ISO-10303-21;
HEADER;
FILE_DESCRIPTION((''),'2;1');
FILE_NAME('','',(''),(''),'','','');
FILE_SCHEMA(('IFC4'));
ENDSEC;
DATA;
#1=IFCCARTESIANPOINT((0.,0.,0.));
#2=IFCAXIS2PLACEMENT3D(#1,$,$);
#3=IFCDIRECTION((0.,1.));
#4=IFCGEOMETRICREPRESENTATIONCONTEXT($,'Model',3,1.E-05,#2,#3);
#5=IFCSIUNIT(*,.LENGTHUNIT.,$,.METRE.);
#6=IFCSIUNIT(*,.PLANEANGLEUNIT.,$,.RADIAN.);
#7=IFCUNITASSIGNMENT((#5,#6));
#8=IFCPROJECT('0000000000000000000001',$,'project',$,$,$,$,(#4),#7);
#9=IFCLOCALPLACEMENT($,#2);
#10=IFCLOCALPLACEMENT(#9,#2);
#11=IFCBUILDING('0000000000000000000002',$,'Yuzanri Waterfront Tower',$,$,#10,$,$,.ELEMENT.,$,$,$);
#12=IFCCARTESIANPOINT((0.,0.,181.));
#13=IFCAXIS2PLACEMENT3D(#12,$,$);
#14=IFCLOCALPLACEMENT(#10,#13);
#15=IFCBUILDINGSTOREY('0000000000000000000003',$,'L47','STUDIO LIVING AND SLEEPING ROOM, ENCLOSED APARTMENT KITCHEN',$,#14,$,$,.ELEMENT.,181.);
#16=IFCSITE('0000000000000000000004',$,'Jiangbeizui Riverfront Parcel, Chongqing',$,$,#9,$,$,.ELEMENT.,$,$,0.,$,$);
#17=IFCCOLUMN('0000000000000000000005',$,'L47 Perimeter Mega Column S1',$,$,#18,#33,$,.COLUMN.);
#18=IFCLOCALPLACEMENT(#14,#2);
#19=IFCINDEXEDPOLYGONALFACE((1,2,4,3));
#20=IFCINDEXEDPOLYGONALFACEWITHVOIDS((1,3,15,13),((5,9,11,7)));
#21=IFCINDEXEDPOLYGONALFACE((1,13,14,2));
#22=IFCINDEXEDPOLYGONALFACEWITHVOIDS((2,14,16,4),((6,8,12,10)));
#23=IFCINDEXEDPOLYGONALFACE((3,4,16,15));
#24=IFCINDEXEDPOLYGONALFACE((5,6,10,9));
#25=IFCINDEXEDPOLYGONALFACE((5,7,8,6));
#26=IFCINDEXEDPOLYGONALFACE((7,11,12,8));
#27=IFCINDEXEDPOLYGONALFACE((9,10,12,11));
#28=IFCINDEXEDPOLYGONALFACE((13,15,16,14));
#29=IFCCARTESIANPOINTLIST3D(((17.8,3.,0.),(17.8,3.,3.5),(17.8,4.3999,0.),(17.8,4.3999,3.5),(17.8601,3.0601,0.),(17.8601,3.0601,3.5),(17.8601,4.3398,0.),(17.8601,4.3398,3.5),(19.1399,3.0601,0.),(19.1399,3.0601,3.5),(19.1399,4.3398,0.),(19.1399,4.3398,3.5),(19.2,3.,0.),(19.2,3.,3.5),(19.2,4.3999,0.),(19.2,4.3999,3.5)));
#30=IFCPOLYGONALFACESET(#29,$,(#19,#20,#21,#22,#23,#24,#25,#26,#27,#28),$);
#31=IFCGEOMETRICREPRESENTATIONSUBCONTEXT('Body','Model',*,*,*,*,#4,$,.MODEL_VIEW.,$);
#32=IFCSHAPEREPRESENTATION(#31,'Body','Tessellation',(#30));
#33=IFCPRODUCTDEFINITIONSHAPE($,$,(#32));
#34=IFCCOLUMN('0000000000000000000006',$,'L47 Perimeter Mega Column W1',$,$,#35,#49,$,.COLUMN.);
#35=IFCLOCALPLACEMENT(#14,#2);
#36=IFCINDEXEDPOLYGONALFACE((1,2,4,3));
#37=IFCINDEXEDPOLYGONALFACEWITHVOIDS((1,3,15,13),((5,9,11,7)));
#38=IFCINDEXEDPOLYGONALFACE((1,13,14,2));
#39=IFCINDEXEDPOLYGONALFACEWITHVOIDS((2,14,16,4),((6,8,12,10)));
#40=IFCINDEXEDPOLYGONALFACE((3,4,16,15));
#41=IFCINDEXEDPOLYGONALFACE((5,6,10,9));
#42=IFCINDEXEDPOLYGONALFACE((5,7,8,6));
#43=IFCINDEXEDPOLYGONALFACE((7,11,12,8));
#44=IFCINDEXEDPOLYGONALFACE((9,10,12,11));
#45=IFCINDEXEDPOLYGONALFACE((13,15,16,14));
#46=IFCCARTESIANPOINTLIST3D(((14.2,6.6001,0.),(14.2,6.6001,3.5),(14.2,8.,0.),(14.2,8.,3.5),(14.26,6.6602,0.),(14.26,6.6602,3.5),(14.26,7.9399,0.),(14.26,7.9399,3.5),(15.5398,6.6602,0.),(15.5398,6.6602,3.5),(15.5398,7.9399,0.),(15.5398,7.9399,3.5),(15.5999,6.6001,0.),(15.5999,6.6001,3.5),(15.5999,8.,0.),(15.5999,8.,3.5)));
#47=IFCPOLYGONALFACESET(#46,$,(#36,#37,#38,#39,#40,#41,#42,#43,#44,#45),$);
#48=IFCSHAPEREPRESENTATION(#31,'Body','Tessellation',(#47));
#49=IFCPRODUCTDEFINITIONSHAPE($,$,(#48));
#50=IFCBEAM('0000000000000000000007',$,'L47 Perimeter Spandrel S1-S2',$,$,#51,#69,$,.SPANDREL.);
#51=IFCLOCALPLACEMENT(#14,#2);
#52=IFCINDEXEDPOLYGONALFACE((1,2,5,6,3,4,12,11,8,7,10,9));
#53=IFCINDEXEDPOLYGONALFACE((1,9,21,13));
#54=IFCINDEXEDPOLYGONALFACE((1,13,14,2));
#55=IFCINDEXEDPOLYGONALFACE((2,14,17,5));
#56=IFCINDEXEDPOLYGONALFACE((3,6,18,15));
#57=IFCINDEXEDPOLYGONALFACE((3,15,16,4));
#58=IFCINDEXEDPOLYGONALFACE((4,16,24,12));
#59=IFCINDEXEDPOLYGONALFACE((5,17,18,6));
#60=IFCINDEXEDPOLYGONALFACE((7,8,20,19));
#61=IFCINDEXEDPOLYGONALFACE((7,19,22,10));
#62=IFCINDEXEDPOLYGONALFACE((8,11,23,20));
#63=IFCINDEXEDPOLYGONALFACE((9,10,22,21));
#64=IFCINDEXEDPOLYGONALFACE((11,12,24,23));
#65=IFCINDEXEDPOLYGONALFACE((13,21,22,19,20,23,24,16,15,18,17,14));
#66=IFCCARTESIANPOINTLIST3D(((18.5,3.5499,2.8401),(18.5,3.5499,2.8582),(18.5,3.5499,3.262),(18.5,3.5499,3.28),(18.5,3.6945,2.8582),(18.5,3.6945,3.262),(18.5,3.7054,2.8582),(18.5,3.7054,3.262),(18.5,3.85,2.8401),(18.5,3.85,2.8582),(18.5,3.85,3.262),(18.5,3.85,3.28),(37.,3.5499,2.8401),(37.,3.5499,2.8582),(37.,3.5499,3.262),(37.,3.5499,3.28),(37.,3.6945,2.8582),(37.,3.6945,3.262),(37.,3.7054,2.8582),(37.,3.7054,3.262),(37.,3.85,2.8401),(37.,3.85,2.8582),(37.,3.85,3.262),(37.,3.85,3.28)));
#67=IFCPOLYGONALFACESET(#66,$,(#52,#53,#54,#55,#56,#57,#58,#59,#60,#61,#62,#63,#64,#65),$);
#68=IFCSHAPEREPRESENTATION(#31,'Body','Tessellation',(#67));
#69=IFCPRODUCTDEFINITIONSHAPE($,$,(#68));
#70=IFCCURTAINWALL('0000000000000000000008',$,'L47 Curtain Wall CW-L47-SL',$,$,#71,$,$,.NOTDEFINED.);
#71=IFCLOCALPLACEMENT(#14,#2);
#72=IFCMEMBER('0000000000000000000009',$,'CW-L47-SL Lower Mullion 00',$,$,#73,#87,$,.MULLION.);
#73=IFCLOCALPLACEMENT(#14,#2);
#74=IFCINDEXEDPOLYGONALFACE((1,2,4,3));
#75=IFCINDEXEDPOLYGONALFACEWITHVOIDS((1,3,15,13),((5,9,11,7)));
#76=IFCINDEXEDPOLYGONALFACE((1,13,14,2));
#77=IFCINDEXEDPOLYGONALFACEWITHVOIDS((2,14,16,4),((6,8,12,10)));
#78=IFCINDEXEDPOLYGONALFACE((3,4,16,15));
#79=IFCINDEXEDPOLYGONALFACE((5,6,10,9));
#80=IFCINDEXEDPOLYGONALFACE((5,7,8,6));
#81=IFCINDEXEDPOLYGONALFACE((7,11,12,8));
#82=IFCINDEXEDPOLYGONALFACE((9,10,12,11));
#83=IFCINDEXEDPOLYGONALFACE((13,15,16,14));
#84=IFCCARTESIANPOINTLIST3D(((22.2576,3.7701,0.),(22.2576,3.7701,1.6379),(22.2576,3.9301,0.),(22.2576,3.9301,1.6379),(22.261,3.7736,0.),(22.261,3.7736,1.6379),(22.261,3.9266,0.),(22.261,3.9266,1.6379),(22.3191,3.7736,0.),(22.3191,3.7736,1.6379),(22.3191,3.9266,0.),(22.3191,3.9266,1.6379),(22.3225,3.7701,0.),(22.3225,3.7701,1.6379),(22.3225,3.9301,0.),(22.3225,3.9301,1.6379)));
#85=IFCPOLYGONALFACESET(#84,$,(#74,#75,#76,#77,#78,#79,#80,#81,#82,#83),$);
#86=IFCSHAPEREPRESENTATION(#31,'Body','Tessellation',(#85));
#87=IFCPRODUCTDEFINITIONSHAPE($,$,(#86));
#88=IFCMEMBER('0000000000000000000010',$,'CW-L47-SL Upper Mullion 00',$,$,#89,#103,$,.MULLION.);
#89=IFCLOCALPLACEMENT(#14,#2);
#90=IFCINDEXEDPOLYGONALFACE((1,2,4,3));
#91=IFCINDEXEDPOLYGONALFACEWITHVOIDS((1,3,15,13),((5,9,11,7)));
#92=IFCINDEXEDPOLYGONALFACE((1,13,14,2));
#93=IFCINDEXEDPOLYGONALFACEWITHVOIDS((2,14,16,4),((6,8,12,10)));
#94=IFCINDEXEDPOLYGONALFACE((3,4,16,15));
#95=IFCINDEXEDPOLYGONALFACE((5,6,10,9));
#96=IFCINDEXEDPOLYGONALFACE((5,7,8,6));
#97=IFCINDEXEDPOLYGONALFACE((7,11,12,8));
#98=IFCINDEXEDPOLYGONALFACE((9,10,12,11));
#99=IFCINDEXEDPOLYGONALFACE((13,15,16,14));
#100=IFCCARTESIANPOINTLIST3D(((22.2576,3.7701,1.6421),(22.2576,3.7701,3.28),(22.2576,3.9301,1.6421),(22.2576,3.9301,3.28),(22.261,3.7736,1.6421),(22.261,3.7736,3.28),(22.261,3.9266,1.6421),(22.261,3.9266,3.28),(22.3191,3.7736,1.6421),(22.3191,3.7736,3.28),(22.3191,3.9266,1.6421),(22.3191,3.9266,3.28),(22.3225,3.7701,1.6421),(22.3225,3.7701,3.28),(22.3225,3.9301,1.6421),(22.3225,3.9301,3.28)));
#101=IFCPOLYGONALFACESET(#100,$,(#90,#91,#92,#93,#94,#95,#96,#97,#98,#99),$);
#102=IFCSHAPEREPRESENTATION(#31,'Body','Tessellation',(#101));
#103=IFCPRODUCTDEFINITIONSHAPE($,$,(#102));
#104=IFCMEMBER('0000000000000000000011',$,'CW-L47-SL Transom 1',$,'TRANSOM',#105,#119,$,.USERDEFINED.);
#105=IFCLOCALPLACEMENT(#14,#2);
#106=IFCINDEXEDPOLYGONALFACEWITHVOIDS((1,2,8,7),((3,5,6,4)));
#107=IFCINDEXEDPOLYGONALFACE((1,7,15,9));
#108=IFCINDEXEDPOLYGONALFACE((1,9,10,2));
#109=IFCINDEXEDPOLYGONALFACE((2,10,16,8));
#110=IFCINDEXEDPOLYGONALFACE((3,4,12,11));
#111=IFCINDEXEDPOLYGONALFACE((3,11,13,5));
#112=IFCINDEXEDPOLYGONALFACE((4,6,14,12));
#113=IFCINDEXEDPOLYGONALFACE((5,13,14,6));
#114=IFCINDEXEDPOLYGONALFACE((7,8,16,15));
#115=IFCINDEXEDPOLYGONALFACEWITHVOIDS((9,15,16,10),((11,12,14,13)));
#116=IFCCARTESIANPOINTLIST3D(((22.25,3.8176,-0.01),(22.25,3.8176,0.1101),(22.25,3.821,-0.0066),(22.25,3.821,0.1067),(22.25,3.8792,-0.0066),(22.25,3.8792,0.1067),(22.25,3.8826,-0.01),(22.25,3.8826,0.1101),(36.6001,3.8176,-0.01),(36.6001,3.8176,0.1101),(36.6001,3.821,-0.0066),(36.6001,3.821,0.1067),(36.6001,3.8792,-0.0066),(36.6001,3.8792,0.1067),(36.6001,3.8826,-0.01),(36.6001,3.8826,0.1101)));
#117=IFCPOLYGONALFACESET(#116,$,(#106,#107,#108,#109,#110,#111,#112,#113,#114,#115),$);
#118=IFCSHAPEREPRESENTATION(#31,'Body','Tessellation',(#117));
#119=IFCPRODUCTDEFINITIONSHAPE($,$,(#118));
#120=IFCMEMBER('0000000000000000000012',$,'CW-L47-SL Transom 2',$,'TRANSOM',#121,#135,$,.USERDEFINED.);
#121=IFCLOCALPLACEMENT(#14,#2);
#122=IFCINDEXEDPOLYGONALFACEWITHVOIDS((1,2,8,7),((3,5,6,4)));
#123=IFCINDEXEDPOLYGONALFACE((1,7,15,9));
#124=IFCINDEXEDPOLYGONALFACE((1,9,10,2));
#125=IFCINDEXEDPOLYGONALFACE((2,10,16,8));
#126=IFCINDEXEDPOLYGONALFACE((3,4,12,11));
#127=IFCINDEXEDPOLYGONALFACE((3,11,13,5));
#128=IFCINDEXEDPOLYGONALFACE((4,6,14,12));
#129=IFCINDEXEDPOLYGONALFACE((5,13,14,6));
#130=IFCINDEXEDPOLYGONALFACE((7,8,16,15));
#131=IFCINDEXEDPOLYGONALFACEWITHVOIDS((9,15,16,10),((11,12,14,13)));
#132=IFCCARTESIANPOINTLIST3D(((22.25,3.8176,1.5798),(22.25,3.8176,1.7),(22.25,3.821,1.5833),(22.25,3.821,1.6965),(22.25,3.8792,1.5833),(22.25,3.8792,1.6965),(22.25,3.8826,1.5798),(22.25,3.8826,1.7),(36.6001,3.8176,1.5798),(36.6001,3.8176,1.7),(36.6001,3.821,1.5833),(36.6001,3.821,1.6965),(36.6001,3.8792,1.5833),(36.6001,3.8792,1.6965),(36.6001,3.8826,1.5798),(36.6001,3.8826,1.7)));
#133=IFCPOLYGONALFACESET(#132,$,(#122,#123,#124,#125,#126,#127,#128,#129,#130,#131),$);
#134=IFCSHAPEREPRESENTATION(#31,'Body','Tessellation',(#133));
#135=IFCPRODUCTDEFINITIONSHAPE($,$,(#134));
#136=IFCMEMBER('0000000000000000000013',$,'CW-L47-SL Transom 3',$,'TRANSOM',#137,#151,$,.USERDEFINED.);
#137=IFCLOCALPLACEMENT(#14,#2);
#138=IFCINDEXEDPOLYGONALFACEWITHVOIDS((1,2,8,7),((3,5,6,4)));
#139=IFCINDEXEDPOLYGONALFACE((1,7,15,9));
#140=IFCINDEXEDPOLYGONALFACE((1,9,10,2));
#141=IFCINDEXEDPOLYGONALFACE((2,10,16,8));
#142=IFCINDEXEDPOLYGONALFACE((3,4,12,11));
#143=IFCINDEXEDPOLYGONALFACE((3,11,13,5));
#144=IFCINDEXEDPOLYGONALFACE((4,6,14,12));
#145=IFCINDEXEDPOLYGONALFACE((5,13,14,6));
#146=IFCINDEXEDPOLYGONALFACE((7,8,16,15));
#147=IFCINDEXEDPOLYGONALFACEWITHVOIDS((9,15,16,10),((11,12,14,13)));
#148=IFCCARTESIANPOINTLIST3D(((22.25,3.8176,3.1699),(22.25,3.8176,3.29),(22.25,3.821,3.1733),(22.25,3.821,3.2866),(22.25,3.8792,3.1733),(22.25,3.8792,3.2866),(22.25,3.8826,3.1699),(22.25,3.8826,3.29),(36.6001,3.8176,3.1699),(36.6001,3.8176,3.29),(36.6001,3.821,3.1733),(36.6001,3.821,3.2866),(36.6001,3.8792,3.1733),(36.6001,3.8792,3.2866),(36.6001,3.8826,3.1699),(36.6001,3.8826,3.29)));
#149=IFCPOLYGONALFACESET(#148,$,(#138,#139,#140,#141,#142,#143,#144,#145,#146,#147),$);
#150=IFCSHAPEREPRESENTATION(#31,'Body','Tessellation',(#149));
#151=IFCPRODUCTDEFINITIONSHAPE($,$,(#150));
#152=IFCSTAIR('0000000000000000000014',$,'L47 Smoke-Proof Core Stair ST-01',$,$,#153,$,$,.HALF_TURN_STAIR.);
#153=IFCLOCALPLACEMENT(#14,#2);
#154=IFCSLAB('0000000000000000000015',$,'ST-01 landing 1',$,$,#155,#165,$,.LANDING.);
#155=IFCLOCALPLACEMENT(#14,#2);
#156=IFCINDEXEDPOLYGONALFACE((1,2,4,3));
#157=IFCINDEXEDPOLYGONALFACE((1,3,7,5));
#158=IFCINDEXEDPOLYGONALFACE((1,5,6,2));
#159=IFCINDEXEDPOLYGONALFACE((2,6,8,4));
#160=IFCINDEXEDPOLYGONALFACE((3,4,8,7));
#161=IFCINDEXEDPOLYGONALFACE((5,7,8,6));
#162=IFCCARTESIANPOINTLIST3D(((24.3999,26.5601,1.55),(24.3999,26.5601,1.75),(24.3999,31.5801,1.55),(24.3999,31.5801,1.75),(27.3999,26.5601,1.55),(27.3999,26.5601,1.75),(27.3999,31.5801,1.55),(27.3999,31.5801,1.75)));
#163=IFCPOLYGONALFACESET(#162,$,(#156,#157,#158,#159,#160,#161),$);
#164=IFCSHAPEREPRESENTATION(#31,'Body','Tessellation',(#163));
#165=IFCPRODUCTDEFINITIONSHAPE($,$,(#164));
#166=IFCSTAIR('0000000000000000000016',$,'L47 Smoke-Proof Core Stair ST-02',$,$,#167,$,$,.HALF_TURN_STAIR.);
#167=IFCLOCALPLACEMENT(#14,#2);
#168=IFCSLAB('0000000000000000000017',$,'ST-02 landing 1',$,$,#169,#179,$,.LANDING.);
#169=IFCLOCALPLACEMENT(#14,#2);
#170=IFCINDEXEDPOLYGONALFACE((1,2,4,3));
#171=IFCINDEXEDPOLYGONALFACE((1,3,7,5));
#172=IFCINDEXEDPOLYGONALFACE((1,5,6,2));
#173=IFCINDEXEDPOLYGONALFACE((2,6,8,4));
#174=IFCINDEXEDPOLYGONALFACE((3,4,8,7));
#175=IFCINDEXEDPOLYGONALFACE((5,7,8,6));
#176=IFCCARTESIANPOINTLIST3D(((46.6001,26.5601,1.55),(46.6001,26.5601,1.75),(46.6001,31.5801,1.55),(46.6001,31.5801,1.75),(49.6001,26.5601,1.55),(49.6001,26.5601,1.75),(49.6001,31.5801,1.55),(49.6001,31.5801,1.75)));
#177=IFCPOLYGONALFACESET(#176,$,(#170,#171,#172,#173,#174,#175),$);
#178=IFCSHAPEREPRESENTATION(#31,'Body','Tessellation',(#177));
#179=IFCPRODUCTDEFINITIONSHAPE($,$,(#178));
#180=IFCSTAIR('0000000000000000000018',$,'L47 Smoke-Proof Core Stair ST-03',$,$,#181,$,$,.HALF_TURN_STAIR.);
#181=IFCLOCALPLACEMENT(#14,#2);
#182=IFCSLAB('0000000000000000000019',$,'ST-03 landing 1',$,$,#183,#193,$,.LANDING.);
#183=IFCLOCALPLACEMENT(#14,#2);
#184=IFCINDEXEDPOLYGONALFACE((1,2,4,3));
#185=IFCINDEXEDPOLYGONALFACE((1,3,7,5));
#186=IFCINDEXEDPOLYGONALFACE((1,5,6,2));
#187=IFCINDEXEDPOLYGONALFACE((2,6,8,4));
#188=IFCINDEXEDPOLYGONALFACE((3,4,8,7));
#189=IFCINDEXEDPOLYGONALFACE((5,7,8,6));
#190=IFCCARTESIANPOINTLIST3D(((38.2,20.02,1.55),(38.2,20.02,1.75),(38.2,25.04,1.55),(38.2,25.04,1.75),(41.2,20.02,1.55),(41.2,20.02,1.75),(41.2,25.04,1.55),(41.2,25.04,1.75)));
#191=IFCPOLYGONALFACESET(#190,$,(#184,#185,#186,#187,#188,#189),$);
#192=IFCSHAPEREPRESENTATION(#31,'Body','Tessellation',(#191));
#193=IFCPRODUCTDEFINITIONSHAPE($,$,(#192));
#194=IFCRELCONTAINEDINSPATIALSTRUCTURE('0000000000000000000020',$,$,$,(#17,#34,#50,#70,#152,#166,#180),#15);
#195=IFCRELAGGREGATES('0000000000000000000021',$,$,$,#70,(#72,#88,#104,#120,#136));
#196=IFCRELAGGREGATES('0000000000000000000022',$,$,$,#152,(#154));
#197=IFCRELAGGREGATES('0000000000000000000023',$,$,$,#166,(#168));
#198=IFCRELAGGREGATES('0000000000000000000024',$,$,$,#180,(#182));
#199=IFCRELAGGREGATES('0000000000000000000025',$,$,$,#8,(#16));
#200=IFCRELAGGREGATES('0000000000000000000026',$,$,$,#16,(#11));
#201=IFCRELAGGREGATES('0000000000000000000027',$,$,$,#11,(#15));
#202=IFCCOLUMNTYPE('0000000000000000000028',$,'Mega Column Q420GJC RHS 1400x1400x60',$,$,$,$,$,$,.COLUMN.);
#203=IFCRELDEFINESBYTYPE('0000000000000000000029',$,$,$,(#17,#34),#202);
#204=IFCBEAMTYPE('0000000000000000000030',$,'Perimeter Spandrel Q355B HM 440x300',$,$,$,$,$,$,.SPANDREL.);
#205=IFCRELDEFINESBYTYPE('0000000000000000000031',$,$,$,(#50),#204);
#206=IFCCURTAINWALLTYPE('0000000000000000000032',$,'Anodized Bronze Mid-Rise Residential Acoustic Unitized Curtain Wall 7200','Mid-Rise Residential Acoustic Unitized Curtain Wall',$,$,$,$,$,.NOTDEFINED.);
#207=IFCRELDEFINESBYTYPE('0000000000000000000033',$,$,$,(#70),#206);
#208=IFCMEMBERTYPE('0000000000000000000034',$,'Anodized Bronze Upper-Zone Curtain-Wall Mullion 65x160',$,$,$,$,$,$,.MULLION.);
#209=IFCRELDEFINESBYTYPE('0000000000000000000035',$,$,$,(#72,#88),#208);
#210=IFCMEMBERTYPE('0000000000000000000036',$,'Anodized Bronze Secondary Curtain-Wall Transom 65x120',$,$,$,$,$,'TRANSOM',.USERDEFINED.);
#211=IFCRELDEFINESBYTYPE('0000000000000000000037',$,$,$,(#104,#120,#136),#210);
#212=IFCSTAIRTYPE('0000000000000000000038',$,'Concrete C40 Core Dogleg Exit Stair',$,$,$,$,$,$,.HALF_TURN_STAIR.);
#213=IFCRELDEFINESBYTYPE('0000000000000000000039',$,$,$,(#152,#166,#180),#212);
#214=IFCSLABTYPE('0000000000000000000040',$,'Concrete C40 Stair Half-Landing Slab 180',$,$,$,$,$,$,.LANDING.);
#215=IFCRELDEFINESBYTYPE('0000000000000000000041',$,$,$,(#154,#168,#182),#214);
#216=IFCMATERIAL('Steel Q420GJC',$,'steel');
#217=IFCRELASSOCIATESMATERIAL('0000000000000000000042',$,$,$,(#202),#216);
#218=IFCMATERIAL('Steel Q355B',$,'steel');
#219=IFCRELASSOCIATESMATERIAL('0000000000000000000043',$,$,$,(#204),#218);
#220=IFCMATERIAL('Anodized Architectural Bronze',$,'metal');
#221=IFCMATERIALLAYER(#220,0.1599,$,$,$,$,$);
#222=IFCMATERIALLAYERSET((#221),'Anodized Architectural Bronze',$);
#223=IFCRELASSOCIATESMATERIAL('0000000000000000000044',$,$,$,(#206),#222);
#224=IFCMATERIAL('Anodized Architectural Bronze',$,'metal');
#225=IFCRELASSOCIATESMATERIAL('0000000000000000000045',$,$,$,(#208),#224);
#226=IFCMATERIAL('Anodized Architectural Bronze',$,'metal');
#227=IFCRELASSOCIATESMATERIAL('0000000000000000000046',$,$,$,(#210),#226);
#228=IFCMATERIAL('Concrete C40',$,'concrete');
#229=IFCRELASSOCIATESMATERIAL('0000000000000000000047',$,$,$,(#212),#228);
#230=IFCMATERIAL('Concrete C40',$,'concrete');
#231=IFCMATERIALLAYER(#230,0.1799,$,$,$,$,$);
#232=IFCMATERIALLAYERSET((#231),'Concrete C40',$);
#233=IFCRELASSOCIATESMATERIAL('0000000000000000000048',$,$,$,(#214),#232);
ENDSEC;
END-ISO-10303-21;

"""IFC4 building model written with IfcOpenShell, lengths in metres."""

from ifc_helpers import new_model, si_unit, direction, frame, origin, origin_2d, place, context, subcontext, project, spatial, polyline, hollow_rectangle, i_section, outline, extrude, source, transform, mapped, material, layer, layer_set, material_profile, profile_set, type_object, element, aggregate, save


model = new_model("IFC4")

# Units and contexts
model_context = context("Model", 3, precision=1e-05, world=origin(), true_north=direction((0.0, 1.0)))
body_context = subcontext(model_context, "Body", "Model", "MODEL_VIEW")
ifc_project = project(units=[si_unit("LENGTHUNIT", "METRE"), si_unit("PLANEANGLEUNIT", "RADIAN")], contexts=[model_context])

# Site, building, storey
site_placement = place(None, origin())
site = spatial("IfcSite", under=ifc_project, at=site_placement, Name="Jiangbeizui Riverfront Parcel, Chongqing", CompositionType="ELEMENT", RefElevation=0.0)
building_placement = place(site_placement, origin())
building = spatial("IfcBuilding", under=site, at=building_placement, Name="Yuzanri Waterfront Tower", CompositionType="ELEMENT")
storey_placement = place(building_placement, frame((0.0, 0.0, 181.0)))
storey = spatial("IfcBuildingStorey", under=building, at=storey_placement, Name="L47", Description="STUDIO LIVING AND SLEEPING ROOM, ENCLOSED APARTMENT KITCHEN", CompositionType="ELEMENT", Elevation=181.0)

# Columns
ifc_material_1 = material(Name="Steel Q420GJC", Category="steel")
ifc_material_profile_1 = material_profile(ifc_material_1, hollow_rectangle(XDim=1.3999, YDim=1.3999, WallThickness=0.0601, at=origin_2d()), Name="RHS 1400x1400x60")
ifc_profile_set_1 = profile_set([ifc_material_profile_1], Name="Steel Q420GJC")
column_type = type_object("IfcColumnType", Name="Mega Column Q420GJC RHS 1400x1400x60", PredefinedType="COLUMN", material=ifc_profile_set_1)
shared_shape_1 = source(origin(), body_context, "Body", "SweptSolid", [
    extrude(hollow_rectangle(XDim=1.3999, YDim=1.3999, WallThickness=0.0601, at=origin_2d()), origin(), (0.0, 0.0, 1.0), 3.5),
])
for number, where, z_axis, x_axis, name in (
    (1, (18.5, 3.7, 0.0), (0.0, 0.0, 1.0), (1.0, 0.0, 0.0), "L47 Perimeter Mega Column S1"),
    (2, (14.8999, 7.3, 0.0), (0.0, 0.0, 1.0), (1.0, 0.0, 0.0), "L47 Perimeter Mega Column W1"),
):
    element("IfcColumn", number, at=place(storey_placement, frame(where, z_axis=z_axis, x_axis=x_axis)), inside=storey, type_object=column_type, Name=name, PredefinedType="COLUMN", context=body_context, shape_type="MappedRepresentation", body=[
        mapped(shared_shape_1, transform((0.0, 0.0, 0.0), scale=1.0)),
    ])

# Beam
ifc_material_2 = material(Name="Steel Q355B", Category="steel")
ifc_material_profile_2 = material_profile(ifc_material_2, i_section(OverallWidth=0.3, OverallDepth=0.4399, WebThickness=0.011, FlangeThickness=0.0181, at=origin_2d()), Name="HM 440x300x11x18")
ifc_profile_set_2 = profile_set([ifc_material_profile_2], Name="Steel Q355B")
beam_type = type_object("IfcBeamType", Name="Perimeter Spandrel Q355B HM 440x300", PredefinedType="SPANDREL", material=ifc_profile_set_2)
shared_shape_2 = source(origin(), body_context, "Body", "SweptSolid", [
    extrude(i_section(OverallWidth=0.3, OverallDepth=0.4399, WebThickness=0.011, FlangeThickness=0.0181, at=origin_2d()), origin(), (0.0, 0.0, 1.0), 18.5),
])
beam_placement = place(storey_placement, frame((18.5, 3.7, 3.0601), z_axis=(1.0, 0.0, 0.0), x_axis=(0.0, 1.0, 0.0)))
element("IfcBeam", 3, at=beam_placement, inside=storey, type_object=beam_type, Name="L47 Perimeter Spandrel S1-S2", PredefinedType="SPANDREL", context=body_context, shape_type="MappedRepresentation", body=[
    mapped(shared_shape_2, transform((0.0, 0.0, 0.0), scale=1.0)),
])

# Curtain wall, members
ifc_material_3 = material(Name="Anodized Architectural Bronze", Category="metal")
ifc_layer_1 = layer(ifc_material_3, 0.1599)
ifc_layer_set_1 = layer_set([ifc_layer_1], Name="Anodized Architectural Bronze")
curtain_wall_type = type_object("IfcCurtainWallType", Name="Anodized Bronze Mid-Rise Residential Acoustic Unitized Curtain Wall 7200", Description="Mid-Rise Residential Acoustic Unitized Curtain Wall", PredefinedType="NOTDEFINED", material=ifc_layer_set_1)
curtain_wall_placement = place(storey_placement, origin())
curtain_wall = element("IfcCurtainWall", 4, at=curtain_wall_placement, inside=storey, type_object=curtain_wall_type, Name="L47 Curtain Wall CW-L47-SL", PredefinedType="NOTDEFINED")
ifc_material_4 = material(Name="Anodized Architectural Bronze", Category="metal")
ifc_material_profile_3 = material_profile(ifc_material_4, hollow_rectangle(XDim=0.0649, YDim=0.1599, WallThickness=0.0034, at=origin_2d()), Name="CWM 65x160")
ifc_profile_set_3 = profile_set([ifc_material_profile_3], Name="Anodized Architectural Bronze")
member_type_1 = type_object("IfcMemberType", Name="Anodized Bronze Upper-Zone Curtain-Wall Mullion 65x160", PredefinedType="MULLION", material=ifc_profile_set_3)
shared_shape_3 = source(origin(), body_context, "Body", "SweptSolid", [
    extrude(hollow_rectangle(XDim=0.0649, YDim=0.1599, WallThickness=0.0034, at=origin_2d()), origin(), (0.0, 0.0, 1.0), 1.6379),
])
member_1_placement = place(storey_placement, frame((22.29, 3.8501, 0.0), z_axis=(0.0, 0.0, 1.0), x_axis=(1.0, 0.0, 0.0)))
member_1 = element("IfcMember", 5, at=member_1_placement, type_object=member_type_1, Name="CW-L47-SL Lower Mullion 00", PredefinedType="MULLION", context=body_context, shape_type="MappedRepresentation", body=[
    mapped(shared_shape_3, transform((0.0, 0.0, 0.0), scale=1.0)),
])
member_2_placement = place(storey_placement, frame((22.29, 3.8501, 1.6421), z_axis=(0.0, 0.0, 1.0), x_axis=(1.0, 0.0, 0.0)))
member_2 = element("IfcMember", 6, at=member_2_placement, type_object=member_type_1, Name="CW-L47-SL Upper Mullion 00", PredefinedType="MULLION", context=body_context, shape_type="MappedRepresentation", body=[
    mapped(shared_shape_3, transform((0.0, 0.0, 0.0), scale=1.0)),
])
ifc_material_5 = material(Name="Anodized Architectural Bronze", Category="metal")
ifc_material_profile_4 = material_profile(ifc_material_5, hollow_rectangle(XDim=0.0649, YDim=0.1201, WallThickness=0.0034, at=origin_2d()), Name="CWT 65x120")
ifc_profile_set_4 = profile_set([ifc_material_profile_4], Name="Anodized Architectural Bronze")
member_type_2 = type_object("IfcMemberType", Name="Anodized Bronze Secondary Curtain-Wall Transom 65x120", ElementType="TRANSOM", PredefinedType="USERDEFINED", material=ifc_profile_set_4)
shared_shape_4 = source(origin(), body_context, "Body", "SweptSolid", [
    extrude(hollow_rectangle(XDim=0.0649, YDim=0.1201, WallThickness=0.0034, at=origin_2d()), origin(), (0.0, 0.0, 1.0), 14.3501),
])
member_3_placement = place(storey_placement, frame((22.25, 3.8501, 0.05), z_axis=(1.0, 0.0, 0.0), x_axis=(0.0, 1.0, 0.0)))
member_3 = element("IfcMember", 7, at=member_3_placement, type_object=member_type_2, Name="CW-L47-SL Transom 1", ObjectType="TRANSOM", PredefinedType="USERDEFINED", context=body_context, shape_type="MappedRepresentation", body=[
    mapped(shared_shape_4, transform((0.0, 0.0, 0.0), scale=1.0)),
])
member_4_placement = place(storey_placement, frame((22.25, 3.8501, 1.6399), z_axis=(1.0, 0.0, 0.0), x_axis=(0.0, 1.0, 0.0)))
member_4 = element("IfcMember", 8, at=member_4_placement, type_object=member_type_2, Name="CW-L47-SL Transom 2", ObjectType="TRANSOM", PredefinedType="USERDEFINED", context=body_context, shape_type="MappedRepresentation", body=[
    mapped(shared_shape_4, transform((0.0, 0.0, 0.0), scale=1.0)),
])
member_5_placement = place(storey_placement, frame((22.25, 3.8501, 3.23), z_axis=(1.0, 0.0, 0.0), x_axis=(0.0, 1.0, 0.0)))
member_5 = element("IfcMember", 9, at=member_5_placement, type_object=member_type_2, Name="CW-L47-SL Transom 3", ObjectType="TRANSOM", PredefinedType="USERDEFINED", context=body_context, shape_type="MappedRepresentation", body=[
    mapped(shared_shape_4, transform((0.0, 0.0, 0.0), scale=1.0)),
])
aggregate(curtain_wall, [member_1, member_2, member_3, member_4, member_5])

# Stairs, slabs
ifc_material_6 = material(Name="Concrete C40", Category="concrete")
stair_type = type_object("IfcStairType", Name="Concrete C40 Core Dogleg Exit Stair", PredefinedType="HALF_TURN_STAIR", material=ifc_material_6)
stair_1_placement = place(storey_placement, origin())
stair_1 = element("IfcStair", 10, at=stair_1_placement, inside=storey, type_object=stair_type, Name="L47 Smoke-Proof Core Stair ST-01", PredefinedType="HALF_TURN_STAIR")
ifc_material_7 = material(Name="Concrete C40", Category="concrete")
ifc_layer_2 = layer(ifc_material_7, 0.1799)
ifc_layer_set_2 = layer_set([ifc_layer_2], Name="Concrete C40")
slab_type_1 = type_object("IfcSlabType", Name="Concrete C40 Stair Half-Landing Slab 180", PredefinedType="LANDING", material=ifc_layer_set_2)
slab_1_placement = place(storey_placement, frame((0.0, 0.0, 1.55)))
slab_1 = element("IfcSlab", 11, at=slab_1_placement, type_object=slab_type_1, Name="ST-01 landing 1", PredefinedType="LANDING", context=body_context, shape_type="SweptSolid", body=[
    extrude(outline(polyline([(27.3999, 26.5601), (27.3999, 31.5801), (24.3999, 31.5801), (24.3999, 26.5601), (27.3999, 26.5601)])), origin(), (0.0, 0.0, 1.0), 0.2),
])
aggregate(stair_1, [slab_1])
stair_2_placement = place(storey_placement, origin())
stair_2 = element("IfcStair", 12, at=stair_2_placement, inside=storey, type_object=stair_type, Name="L47 Smoke-Proof Core Stair ST-02", PredefinedType="HALF_TURN_STAIR")
slab_2_placement = place(storey_placement, frame((0.0, 0.0, 1.55)))
slab_2 = element("IfcSlab", 13, at=slab_2_placement, type_object=slab_type_1, Name="ST-02 landing 1", PredefinedType="LANDING", context=body_context, shape_type="SweptSolid", body=[
    extrude(outline(polyline([(49.6001, 26.5601), (49.6001, 31.5801), (46.6001, 31.5801), (46.6001, 26.5601), (49.6001, 26.5601)])), origin(), (0.0, 0.0, 1.0), 0.2),
])
aggregate(stair_2, [slab_2])
stair_3_placement = place(storey_placement, origin())
stair_3 = element("IfcStair", 14, at=stair_3_placement, inside=storey, type_object=stair_type, Name="L47 Smoke-Proof Core Stair ST-03", PredefinedType="HALF_TURN_STAIR")
slab_3_placement = place(storey_placement, frame((0.0, 0.0, 1.55)))
slab_3 = element("IfcSlab", 15, at=slab_3_placement, type_object=slab_type_1, Name="ST-03 landing 1", PredefinedType="LANDING", context=body_context, shape_type="SweptSolid", body=[
    extrude(outline(polyline([(38.2, 25.04), (38.2, 20.02), (41.2, 20.02), (41.2, 25.04), (38.2, 25.04)])), origin(), (0.0, 0.0, 1.0), 0.2),
])
aggregate(stair_3, [slab_3])

save(model, "model.ifc")
